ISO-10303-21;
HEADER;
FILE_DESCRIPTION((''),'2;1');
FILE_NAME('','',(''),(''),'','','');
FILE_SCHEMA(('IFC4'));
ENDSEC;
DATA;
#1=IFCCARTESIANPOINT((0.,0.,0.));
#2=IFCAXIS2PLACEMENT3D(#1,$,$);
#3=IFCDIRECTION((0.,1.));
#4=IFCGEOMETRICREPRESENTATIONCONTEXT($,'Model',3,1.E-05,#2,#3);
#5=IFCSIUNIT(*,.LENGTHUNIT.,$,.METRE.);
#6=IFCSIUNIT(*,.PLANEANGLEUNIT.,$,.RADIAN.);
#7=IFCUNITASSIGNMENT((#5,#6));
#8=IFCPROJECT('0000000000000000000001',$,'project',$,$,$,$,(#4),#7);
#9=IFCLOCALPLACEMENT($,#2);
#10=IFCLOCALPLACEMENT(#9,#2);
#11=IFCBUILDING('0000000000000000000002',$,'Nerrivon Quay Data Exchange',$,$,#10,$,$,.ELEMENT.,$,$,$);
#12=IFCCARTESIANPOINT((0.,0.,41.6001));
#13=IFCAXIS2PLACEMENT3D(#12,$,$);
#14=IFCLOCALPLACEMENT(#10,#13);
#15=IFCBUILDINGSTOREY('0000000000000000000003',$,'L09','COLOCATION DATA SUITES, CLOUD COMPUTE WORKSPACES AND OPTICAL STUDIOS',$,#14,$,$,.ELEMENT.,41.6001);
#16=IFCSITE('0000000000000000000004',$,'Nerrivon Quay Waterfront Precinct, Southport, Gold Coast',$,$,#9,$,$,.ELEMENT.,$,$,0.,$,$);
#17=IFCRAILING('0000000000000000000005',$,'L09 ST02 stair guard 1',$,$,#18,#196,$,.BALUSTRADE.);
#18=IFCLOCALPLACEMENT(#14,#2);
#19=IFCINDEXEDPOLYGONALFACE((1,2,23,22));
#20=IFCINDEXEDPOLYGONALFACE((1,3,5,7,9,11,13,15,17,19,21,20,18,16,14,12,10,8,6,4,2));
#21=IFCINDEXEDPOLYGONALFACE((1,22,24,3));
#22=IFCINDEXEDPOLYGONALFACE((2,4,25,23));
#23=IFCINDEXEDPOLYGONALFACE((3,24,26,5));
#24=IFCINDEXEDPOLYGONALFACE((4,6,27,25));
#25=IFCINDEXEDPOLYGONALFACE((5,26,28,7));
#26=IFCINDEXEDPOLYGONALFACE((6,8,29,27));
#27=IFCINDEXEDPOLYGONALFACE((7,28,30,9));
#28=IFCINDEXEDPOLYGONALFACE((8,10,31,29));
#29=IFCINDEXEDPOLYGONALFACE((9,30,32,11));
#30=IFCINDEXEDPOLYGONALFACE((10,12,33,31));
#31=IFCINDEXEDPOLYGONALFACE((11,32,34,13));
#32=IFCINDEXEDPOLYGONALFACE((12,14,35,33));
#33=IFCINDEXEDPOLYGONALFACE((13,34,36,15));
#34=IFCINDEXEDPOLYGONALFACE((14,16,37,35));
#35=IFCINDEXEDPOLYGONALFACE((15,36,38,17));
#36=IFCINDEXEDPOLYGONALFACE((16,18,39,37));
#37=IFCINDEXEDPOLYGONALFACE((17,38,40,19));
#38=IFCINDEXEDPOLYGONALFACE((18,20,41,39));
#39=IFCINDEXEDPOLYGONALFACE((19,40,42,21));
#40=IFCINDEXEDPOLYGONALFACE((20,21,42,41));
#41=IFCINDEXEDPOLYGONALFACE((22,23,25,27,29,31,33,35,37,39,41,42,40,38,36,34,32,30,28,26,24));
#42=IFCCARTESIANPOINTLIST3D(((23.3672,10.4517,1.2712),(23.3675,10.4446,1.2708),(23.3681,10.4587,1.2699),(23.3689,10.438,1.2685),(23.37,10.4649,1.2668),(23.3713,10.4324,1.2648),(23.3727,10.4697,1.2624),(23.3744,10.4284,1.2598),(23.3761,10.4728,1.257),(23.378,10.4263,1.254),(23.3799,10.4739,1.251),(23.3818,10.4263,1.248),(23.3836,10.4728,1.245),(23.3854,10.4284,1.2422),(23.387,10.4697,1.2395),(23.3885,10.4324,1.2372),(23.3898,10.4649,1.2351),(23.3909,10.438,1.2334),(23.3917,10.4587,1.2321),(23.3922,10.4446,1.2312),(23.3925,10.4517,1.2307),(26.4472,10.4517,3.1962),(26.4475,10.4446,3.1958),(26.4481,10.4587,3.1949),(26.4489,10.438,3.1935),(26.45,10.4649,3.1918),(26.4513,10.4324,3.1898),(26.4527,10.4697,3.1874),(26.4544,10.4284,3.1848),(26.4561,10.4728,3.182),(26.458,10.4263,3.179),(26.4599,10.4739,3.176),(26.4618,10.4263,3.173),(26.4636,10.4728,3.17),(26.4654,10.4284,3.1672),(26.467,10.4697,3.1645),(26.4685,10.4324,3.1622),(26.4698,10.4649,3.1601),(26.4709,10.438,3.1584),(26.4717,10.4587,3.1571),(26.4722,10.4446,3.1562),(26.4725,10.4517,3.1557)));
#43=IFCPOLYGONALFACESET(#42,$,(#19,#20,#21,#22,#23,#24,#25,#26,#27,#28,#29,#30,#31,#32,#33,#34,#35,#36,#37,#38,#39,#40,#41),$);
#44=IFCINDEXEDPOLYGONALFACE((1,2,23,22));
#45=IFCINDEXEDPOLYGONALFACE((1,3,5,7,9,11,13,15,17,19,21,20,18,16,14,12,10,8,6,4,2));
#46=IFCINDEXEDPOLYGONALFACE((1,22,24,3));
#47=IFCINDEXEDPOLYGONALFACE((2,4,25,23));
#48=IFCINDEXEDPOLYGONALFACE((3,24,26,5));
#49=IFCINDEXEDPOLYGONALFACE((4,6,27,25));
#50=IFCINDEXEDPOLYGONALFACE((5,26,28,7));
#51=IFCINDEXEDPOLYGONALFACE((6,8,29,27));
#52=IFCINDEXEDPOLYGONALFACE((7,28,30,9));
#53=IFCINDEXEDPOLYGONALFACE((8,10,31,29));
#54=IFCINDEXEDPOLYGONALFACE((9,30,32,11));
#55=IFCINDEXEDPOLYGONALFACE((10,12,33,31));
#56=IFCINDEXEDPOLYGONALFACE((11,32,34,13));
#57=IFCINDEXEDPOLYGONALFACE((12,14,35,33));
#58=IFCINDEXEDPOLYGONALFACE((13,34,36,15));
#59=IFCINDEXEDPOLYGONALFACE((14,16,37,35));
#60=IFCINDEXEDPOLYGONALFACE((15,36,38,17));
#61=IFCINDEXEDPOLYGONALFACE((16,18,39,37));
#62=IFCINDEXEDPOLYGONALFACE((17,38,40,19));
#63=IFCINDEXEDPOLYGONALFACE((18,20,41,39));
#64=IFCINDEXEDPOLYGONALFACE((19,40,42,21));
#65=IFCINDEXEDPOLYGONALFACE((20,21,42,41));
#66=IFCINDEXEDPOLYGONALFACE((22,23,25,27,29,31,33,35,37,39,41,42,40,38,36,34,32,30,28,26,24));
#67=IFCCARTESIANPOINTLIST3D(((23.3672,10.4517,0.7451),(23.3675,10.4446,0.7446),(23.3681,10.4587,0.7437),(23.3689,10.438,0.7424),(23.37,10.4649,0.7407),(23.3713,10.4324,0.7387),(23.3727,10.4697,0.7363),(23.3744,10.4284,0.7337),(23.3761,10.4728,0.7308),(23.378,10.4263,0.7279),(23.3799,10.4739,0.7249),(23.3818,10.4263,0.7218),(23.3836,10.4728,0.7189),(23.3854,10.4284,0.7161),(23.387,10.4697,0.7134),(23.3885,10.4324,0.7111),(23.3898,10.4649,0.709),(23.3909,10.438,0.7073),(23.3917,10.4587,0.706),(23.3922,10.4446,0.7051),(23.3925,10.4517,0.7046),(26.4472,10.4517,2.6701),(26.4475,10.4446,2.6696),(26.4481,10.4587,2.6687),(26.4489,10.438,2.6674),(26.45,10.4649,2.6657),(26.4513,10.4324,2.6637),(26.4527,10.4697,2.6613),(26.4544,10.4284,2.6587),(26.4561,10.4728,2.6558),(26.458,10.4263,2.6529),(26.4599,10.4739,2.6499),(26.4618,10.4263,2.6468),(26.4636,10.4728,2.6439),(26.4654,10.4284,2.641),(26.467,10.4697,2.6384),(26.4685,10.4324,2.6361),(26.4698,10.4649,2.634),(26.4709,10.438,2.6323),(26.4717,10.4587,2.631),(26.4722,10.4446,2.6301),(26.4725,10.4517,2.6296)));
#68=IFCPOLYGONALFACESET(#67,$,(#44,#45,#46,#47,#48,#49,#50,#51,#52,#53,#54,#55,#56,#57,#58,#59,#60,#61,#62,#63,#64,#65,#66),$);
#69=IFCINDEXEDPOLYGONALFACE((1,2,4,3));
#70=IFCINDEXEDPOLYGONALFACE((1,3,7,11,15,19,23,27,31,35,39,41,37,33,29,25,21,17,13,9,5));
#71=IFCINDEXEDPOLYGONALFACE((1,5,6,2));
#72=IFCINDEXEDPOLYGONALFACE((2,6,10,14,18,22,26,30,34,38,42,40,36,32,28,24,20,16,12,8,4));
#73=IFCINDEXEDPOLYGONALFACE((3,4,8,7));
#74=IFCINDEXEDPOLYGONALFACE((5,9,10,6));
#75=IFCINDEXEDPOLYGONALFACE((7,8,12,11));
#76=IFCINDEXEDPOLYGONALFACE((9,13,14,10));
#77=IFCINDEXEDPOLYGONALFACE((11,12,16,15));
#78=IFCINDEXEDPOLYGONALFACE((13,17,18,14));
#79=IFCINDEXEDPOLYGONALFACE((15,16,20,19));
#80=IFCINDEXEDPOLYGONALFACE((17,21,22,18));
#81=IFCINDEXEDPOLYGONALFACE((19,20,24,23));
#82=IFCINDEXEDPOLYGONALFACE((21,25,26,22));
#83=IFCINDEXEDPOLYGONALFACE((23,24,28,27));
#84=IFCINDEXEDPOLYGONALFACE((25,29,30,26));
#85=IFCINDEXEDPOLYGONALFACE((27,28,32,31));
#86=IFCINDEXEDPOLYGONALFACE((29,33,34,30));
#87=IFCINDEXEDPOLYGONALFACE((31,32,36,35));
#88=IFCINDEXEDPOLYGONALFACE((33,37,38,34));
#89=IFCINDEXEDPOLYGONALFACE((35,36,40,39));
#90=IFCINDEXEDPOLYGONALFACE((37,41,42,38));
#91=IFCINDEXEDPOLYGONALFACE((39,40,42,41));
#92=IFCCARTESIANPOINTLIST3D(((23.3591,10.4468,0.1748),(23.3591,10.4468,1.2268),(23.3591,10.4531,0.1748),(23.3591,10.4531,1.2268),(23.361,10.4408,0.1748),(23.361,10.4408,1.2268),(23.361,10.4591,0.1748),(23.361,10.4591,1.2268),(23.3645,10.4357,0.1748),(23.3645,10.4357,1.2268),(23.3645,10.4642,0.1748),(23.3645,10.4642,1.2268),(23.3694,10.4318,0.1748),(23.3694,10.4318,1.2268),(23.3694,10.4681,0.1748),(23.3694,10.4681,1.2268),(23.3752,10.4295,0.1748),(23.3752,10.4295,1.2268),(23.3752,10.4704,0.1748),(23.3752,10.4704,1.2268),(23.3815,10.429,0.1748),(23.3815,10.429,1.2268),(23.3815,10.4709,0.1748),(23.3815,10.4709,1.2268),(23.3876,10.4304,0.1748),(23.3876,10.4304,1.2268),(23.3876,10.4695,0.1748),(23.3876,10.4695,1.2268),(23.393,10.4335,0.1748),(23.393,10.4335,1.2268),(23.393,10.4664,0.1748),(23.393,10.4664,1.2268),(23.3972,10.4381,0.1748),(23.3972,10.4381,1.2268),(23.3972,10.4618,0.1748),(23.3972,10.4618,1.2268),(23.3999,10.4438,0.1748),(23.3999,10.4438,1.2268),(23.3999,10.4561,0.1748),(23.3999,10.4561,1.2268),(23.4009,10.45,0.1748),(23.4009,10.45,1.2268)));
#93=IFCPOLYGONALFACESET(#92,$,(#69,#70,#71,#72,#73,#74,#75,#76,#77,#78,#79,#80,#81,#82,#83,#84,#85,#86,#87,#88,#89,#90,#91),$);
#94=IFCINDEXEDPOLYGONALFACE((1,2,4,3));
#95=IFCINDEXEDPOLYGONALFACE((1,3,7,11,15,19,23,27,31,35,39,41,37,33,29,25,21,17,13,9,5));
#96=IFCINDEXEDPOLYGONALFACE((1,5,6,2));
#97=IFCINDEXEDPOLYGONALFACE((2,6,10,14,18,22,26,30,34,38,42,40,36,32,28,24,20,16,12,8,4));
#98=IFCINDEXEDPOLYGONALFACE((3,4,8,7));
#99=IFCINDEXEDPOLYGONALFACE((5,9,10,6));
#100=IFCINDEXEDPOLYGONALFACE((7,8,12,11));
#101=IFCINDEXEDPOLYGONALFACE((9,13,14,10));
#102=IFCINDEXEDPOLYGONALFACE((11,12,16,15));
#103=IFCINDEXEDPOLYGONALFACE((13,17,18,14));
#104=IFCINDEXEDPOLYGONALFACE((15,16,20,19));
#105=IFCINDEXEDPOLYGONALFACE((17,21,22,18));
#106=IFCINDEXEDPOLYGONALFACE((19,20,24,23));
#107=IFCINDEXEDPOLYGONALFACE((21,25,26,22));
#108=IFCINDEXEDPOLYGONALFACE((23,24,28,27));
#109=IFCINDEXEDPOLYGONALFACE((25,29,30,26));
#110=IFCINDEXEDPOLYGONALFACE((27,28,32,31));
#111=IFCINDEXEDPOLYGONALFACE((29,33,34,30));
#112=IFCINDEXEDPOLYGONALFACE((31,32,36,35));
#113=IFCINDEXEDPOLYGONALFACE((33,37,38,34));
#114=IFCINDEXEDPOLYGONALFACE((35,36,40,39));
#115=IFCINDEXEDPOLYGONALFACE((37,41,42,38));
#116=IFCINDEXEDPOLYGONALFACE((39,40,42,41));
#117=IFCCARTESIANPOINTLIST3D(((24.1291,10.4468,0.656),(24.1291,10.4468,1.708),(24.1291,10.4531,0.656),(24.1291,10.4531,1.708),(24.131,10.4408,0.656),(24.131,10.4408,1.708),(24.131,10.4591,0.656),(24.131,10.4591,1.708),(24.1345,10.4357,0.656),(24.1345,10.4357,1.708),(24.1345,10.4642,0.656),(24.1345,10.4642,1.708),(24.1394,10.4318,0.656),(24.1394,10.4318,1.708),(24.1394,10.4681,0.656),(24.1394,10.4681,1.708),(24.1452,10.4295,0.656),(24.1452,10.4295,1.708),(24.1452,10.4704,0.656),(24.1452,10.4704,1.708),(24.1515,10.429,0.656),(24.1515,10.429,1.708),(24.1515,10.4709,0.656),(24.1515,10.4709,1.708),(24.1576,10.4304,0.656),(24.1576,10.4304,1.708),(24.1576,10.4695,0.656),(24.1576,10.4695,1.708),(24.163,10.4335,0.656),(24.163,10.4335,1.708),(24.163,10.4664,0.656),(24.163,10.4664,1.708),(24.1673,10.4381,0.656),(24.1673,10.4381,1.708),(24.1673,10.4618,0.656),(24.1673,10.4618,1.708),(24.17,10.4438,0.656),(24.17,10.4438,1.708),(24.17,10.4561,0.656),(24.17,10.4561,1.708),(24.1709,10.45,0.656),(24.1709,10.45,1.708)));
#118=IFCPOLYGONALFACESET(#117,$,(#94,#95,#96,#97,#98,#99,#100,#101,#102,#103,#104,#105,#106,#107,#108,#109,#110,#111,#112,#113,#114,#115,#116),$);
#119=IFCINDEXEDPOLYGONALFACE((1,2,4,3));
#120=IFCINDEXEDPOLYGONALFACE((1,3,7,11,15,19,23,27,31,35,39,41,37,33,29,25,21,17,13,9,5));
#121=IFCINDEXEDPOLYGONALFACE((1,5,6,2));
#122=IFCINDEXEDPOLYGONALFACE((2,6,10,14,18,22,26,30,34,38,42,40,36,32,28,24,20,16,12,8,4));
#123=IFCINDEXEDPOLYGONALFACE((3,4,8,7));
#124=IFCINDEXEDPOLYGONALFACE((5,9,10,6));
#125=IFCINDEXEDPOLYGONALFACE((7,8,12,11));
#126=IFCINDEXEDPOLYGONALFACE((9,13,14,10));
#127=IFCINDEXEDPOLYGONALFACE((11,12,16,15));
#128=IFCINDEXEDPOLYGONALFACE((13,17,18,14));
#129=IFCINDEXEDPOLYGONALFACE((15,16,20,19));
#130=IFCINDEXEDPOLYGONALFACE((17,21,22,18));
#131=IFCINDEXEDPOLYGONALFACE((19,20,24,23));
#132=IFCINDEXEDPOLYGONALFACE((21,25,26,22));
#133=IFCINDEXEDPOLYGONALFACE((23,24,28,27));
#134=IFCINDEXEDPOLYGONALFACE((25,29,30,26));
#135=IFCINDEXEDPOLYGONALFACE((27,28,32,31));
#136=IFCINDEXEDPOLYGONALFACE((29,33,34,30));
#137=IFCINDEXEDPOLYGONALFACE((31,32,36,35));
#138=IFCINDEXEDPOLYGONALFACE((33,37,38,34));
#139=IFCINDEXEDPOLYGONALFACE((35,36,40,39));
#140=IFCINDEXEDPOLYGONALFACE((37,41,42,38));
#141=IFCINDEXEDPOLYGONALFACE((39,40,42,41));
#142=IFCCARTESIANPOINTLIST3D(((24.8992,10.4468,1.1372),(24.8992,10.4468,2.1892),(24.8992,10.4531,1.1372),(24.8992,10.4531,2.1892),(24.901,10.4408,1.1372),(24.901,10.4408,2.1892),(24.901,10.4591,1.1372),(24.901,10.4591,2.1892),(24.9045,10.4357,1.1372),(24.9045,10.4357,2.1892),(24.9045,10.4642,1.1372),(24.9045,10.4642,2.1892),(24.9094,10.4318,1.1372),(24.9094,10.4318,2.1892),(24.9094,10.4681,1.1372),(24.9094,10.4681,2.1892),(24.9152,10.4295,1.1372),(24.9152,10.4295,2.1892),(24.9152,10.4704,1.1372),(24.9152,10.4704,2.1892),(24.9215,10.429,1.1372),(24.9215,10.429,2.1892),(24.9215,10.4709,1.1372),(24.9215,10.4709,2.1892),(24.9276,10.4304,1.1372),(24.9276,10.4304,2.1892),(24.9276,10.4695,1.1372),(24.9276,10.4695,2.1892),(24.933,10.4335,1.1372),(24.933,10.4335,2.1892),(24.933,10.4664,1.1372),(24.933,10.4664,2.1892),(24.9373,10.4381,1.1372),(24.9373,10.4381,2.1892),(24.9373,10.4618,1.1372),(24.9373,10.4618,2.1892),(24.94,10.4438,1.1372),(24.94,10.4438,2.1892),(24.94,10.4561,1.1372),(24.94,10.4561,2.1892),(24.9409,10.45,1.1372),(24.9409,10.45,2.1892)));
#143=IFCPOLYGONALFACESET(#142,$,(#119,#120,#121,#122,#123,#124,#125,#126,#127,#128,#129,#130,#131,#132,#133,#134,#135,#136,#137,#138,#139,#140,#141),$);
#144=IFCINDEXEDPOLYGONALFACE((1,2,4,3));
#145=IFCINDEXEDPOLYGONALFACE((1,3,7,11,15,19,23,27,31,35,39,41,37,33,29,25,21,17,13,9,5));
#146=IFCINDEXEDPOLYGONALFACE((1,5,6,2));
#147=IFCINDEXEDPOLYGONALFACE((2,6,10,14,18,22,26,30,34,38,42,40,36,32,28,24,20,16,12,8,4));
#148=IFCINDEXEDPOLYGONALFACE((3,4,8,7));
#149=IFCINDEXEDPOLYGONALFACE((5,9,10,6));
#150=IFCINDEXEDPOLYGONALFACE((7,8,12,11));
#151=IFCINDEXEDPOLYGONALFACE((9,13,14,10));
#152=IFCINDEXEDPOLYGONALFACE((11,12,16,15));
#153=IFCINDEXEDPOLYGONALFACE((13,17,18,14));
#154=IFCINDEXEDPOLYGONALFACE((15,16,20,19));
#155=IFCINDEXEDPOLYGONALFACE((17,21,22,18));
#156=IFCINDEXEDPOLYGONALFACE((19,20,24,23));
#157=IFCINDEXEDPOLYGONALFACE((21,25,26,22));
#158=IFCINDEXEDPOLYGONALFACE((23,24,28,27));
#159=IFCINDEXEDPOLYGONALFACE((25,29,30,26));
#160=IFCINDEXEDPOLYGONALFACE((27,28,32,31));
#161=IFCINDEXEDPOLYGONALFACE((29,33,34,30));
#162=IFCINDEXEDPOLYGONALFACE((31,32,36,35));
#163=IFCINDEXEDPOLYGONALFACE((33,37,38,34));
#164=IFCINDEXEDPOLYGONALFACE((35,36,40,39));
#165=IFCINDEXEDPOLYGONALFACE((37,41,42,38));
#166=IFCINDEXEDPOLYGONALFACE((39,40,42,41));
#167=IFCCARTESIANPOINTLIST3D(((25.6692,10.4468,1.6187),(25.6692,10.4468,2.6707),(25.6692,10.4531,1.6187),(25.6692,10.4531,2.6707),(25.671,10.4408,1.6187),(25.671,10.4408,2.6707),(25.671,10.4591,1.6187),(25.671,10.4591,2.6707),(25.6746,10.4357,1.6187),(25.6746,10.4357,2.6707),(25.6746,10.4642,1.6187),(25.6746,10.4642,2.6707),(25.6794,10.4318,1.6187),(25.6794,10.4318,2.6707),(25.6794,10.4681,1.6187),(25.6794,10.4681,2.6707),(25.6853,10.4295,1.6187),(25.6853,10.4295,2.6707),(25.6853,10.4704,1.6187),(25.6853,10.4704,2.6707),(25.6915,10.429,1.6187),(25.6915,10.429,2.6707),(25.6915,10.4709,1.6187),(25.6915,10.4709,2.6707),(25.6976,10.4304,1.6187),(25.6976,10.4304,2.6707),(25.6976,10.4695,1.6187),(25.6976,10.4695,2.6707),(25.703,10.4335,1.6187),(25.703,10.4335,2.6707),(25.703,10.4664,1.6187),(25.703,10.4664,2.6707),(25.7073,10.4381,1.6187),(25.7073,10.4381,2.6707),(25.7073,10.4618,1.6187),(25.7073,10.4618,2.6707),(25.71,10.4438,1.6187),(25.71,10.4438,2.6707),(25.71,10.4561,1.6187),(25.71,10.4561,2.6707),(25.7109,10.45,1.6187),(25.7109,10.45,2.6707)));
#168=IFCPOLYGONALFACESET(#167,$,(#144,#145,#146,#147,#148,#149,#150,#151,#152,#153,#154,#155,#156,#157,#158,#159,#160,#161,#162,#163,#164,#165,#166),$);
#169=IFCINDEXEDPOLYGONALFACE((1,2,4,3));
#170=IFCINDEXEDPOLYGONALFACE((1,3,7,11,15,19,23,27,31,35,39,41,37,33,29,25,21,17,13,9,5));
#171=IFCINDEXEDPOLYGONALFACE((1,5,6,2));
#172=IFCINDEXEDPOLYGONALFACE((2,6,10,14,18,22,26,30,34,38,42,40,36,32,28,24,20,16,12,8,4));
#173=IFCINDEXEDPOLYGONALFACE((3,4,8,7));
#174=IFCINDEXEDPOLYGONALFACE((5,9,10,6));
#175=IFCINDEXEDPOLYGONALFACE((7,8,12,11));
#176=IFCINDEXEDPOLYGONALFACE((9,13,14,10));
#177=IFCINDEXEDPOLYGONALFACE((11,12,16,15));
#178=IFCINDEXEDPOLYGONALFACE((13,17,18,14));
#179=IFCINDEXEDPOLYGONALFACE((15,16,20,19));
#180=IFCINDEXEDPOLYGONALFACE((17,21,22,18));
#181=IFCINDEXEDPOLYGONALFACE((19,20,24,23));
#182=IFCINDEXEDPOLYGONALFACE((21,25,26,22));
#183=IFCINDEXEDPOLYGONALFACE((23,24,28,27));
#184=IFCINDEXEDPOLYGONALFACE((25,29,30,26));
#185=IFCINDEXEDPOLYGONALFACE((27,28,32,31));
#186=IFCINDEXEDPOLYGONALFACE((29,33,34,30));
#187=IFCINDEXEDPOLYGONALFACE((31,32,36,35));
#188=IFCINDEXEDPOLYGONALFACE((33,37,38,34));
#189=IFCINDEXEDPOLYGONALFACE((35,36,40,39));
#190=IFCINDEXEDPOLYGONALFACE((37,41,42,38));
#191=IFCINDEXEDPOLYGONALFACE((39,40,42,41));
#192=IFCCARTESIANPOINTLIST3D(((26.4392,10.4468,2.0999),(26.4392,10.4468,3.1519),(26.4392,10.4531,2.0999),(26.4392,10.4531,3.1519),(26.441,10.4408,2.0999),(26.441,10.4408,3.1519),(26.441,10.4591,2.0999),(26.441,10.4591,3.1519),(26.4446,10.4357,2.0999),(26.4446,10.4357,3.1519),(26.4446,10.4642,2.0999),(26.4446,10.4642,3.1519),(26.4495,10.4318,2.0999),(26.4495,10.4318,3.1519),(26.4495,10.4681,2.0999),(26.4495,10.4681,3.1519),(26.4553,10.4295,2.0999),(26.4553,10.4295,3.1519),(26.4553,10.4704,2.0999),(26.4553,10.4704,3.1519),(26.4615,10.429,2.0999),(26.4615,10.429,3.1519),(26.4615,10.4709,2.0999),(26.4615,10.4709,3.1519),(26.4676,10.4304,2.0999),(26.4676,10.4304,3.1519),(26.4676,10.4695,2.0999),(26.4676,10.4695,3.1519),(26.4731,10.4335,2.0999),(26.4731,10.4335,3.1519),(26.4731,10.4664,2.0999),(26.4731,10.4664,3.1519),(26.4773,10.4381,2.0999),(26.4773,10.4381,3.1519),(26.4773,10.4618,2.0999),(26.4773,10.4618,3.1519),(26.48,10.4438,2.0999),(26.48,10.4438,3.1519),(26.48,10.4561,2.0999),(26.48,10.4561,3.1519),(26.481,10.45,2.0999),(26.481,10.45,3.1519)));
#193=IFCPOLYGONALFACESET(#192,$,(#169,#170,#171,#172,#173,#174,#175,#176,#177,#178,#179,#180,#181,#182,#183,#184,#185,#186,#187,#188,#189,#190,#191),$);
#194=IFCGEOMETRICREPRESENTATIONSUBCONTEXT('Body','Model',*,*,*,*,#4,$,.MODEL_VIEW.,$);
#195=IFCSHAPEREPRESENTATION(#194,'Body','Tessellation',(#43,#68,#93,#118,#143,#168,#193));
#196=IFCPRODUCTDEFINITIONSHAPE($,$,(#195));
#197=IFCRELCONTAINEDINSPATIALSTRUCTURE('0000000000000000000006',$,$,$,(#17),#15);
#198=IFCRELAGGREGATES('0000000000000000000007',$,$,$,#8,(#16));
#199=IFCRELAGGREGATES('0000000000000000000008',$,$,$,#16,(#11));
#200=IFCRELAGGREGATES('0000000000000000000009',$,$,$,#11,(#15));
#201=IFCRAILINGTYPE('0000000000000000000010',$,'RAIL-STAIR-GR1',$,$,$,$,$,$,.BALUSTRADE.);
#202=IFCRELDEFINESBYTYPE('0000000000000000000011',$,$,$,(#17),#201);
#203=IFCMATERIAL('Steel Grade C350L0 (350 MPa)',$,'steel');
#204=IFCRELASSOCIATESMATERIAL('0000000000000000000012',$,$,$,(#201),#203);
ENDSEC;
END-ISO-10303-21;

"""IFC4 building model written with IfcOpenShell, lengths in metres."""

from ifc_helpers import new_model, si_unit, direction, frame, origin, origin_2d, place, context, subcontext, project, spatial, circle, extrude, material, type_object, element, save


model = new_model("IFC4")

# Units and contexts
model_context = context("Model", 3, precision=1e-05, world=origin(), true_north=direction((0.0, 1.0)))
body_context = subcontext(model_context, "Body", "Model", "MODEL_VIEW")
ifc_project = project(units=[si_unit("LENGTHUNIT", "METRE"), si_unit("PLANEANGLEUNIT", "RADIAN")], contexts=[model_context])

# Site, building, storey
site_placement = place(None, origin())
site = spatial("IfcSite", under=ifc_project, at=site_placement, Name="Nerrivon Quay Waterfront Precinct, Southport, Gold Coast", CompositionType="ELEMENT", RefElevation=0.0)
building_placement = place(site_placement, origin())
building = spatial("IfcBuilding", under=site, at=building_placement, Name="Nerrivon Quay Data Exchange", CompositionType="ELEMENT")
storey_placement = place(building_placement, frame((0.0, 0.0, 41.6001)))
storey = spatial("IfcBuildingStorey", under=building, at=storey_placement, Name="L09", Description="COLOCATION DATA SUITES, CLOUD COMPUTE WORKSPACES AND OPTICAL STUDIOS", CompositionType="ELEMENT", Elevation=41.6001)

# Railing
ifc_material_1 = material(Name="Steel Grade C350L0 (350 MPa)", Category="steel")
railing_type_1 = type_object("IfcRailingType", Name="RAIL-STAIR-GR1", PredefinedType="BALUSTRADE", material=ifc_material_1)
railing_1_placement = place(storey_placement, frame((23.3799, 10.45, 0.1748)))
element("IfcRailing", 1, at=railing_1_placement, inside=storey, type_object=railing_type_1, Name="L09 ST02 stair guard 1", PredefinedType="BALUSTRADE", context=body_context, shape_type="SweptSolid", body=[
    extrude(circle(Radius=0.0239, at=origin_2d()), frame((0.0, 0.0, 1.0762), z_axis=(0.847998, 0.0, 0.529999), x_axis=(0.0, 1.0, 0.0)), (0.0, 0.0, 1.0), 3.6321),
    extrude(circle(Radius=0.0239, at=origin_2d()), frame((0.0, 0.0, 0.55), z_axis=(0.847998, 0.0, 0.529999), x_axis=(0.0, 1.0, 0.0)), (0.0, 0.0, 1.0), 3.6321),
    extrude(circle(Radius=0.021, at=origin_2d()), origin(), (0.0, 0.0, 1.0), 1.052),
    extrude(circle(Radius=0.021, at=origin_2d()), frame((0.77, 0.0, 0.4812)), (0.0, 0.0, 1.0), 1.052),
    extrude(circle(Radius=0.021, at=origin_2d()), frame((1.54, 0.0, 0.9624)), (0.0, 0.0, 1.0), 1.052),
    extrude(circle(Radius=0.021, at=origin_2d()), frame((2.3101, 0.0, 1.4438)), (0.0, 0.0, 1.0), 1.052),
    extrude(circle(Radius=0.021, at=origin_2d()), frame((3.0801, 0.0, 1.925)), (0.0, 0.0, 1.0), 1.052),
])

save(model, "model.ifc")
